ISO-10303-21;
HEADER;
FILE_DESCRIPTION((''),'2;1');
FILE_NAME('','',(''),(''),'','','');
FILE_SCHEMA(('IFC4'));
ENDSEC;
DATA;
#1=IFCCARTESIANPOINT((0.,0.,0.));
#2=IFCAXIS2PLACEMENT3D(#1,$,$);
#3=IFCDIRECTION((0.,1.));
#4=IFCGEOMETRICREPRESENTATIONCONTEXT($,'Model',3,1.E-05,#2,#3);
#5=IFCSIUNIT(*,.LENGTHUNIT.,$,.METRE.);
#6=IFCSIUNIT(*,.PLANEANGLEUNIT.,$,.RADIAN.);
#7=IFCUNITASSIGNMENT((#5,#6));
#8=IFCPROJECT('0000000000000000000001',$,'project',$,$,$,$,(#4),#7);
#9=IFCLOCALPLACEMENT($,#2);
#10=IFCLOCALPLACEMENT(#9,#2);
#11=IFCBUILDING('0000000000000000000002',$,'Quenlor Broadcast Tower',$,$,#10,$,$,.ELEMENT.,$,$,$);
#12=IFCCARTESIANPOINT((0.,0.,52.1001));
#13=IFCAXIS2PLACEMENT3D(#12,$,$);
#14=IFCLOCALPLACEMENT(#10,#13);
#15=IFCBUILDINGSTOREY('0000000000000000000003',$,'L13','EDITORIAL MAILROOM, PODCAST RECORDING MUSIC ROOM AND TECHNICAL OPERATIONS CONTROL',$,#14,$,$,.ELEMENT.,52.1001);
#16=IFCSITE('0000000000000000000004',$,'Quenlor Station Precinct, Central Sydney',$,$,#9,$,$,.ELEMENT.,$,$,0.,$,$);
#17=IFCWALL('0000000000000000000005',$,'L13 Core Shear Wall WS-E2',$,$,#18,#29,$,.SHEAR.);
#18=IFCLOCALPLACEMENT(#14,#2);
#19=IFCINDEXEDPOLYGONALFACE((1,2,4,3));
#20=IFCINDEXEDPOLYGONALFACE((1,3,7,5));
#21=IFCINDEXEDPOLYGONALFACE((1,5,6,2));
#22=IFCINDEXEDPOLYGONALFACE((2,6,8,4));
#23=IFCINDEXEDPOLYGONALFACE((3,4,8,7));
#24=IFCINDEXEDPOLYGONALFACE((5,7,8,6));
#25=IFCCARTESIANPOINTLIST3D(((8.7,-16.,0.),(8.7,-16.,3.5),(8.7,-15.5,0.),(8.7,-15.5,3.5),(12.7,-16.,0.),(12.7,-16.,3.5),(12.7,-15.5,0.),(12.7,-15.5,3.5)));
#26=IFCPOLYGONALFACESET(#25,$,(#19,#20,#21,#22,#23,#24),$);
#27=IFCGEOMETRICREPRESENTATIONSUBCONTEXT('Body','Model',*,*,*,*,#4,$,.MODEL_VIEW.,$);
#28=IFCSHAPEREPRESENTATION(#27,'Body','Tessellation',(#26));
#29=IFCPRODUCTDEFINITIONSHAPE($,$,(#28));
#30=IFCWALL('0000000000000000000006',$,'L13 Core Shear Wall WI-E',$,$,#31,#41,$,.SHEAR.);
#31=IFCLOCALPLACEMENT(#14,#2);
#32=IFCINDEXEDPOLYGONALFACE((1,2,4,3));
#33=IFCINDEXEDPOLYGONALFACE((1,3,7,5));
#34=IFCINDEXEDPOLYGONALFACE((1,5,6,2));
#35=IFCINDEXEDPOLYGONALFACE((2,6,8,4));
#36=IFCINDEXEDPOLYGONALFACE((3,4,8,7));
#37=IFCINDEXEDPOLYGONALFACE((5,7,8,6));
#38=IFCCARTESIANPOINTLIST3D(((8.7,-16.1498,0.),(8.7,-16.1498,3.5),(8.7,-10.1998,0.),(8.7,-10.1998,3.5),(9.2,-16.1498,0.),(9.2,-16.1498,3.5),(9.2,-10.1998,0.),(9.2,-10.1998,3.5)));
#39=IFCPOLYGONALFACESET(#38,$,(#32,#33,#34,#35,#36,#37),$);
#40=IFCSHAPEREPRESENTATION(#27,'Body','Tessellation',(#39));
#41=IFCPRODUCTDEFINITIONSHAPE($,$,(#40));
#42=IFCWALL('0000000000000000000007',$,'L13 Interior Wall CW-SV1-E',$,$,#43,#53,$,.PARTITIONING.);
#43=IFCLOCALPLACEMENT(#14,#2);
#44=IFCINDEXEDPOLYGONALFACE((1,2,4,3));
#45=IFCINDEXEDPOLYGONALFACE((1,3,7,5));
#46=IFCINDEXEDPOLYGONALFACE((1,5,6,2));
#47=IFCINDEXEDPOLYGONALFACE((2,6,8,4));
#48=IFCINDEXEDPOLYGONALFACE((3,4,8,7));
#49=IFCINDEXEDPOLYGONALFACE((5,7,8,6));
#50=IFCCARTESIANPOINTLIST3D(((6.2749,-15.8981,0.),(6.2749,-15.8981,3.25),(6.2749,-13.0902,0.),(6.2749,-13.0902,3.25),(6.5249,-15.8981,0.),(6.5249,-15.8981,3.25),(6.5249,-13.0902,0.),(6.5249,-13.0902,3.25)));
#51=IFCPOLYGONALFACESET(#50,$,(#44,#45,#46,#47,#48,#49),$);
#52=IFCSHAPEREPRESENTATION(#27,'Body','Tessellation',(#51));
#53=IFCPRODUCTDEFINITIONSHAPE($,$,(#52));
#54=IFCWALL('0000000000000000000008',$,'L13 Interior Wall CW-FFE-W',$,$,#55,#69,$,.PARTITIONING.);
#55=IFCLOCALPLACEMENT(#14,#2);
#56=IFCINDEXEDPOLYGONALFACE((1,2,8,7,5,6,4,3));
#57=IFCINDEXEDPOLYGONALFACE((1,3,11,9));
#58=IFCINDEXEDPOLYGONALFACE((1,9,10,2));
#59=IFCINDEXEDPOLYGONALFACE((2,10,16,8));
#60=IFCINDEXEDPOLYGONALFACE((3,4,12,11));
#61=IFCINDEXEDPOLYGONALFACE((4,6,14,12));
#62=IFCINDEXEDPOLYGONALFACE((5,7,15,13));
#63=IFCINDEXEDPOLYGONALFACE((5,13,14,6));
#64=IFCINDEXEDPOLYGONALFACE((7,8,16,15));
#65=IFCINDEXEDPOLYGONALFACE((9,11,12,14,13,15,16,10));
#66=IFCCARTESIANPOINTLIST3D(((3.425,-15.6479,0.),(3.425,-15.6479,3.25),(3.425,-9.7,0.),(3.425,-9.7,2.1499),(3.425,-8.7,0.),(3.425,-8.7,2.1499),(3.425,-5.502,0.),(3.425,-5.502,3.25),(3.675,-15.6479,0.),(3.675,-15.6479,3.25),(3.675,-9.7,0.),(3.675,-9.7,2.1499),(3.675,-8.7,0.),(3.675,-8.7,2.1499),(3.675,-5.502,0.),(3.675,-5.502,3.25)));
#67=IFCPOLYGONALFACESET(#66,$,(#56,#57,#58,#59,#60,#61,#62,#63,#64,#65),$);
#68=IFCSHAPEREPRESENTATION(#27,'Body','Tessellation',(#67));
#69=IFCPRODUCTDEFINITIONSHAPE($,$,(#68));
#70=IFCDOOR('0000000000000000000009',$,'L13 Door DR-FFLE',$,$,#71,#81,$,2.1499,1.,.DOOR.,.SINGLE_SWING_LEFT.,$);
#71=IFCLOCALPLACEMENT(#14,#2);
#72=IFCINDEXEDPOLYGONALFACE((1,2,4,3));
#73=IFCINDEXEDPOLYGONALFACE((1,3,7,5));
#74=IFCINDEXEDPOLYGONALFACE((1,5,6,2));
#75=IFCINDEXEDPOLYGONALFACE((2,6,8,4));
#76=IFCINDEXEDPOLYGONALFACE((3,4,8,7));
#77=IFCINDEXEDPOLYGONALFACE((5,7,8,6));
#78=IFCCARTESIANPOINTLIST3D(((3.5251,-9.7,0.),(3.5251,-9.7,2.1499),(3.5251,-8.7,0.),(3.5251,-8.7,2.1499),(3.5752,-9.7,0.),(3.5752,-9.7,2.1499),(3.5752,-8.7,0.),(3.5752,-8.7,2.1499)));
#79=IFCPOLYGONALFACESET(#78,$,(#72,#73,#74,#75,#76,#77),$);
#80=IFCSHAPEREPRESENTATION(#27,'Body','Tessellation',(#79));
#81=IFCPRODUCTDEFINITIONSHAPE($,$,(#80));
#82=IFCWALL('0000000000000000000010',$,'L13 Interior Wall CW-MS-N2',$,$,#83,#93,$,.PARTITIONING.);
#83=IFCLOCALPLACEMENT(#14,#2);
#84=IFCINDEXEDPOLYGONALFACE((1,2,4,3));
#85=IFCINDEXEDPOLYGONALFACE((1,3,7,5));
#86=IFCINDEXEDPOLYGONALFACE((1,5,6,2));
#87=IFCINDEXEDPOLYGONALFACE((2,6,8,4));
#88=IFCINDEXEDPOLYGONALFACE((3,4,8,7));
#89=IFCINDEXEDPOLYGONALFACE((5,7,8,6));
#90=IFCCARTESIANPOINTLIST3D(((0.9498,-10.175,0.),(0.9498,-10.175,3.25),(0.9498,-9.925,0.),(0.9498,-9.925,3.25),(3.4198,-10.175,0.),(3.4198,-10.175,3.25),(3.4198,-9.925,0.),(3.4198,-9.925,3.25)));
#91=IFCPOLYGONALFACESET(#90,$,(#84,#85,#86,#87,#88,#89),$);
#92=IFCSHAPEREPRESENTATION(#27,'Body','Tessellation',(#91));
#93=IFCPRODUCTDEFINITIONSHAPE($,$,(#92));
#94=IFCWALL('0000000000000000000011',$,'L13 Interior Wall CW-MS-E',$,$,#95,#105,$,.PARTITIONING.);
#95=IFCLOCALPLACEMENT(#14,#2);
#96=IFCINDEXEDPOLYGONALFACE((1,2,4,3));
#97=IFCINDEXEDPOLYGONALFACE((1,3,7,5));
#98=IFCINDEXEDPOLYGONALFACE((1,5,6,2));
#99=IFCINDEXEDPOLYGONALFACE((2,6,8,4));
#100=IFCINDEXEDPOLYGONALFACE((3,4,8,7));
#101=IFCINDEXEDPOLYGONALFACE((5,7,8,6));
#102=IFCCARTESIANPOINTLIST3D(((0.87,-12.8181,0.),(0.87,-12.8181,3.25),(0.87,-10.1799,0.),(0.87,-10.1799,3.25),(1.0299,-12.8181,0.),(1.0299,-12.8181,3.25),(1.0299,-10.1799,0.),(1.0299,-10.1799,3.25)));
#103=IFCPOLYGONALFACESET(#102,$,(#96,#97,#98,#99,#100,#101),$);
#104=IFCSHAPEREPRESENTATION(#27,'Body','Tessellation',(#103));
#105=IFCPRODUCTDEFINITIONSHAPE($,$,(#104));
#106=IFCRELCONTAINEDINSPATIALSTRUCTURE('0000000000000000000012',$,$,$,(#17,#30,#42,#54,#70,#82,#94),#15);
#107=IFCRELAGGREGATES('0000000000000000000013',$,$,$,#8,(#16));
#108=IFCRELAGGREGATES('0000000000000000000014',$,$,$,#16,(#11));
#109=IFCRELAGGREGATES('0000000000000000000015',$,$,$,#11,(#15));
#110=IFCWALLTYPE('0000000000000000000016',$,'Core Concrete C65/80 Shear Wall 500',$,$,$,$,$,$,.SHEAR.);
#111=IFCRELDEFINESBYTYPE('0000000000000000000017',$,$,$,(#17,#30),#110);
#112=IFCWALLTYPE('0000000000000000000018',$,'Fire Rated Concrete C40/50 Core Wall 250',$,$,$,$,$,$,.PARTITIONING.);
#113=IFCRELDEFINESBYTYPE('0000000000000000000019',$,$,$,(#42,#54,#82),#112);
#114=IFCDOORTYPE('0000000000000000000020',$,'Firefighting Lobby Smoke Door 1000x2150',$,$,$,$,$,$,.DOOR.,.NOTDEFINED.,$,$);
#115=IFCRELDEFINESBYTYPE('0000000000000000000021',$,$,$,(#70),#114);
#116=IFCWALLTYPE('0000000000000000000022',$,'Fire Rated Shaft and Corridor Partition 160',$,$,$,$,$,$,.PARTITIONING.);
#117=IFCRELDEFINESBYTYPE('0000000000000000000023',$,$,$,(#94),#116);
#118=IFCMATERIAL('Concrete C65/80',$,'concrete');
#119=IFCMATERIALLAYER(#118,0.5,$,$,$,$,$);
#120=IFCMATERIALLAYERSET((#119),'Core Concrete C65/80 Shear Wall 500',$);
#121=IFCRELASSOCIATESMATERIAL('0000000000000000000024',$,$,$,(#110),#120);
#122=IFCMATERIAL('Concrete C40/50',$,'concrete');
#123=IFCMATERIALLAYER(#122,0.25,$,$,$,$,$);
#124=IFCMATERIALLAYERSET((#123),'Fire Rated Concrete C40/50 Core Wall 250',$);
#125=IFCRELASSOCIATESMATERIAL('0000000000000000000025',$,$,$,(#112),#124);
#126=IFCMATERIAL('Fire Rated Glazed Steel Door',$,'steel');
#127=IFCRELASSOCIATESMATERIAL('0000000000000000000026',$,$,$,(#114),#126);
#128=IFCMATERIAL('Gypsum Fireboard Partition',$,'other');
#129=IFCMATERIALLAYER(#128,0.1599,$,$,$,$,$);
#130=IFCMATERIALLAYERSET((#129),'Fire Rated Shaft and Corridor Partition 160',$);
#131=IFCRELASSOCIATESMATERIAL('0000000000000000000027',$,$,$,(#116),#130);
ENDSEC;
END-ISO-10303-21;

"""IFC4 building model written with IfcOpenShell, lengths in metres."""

from ifc_helpers import new_model, si_unit, direction, frame, frame_2d, origin, place, context, subcontext, project, spatial, rectangle, extrude, material, layer, layer_set, type_object, element, fill, save


model = new_model("IFC4")

# Units and contexts
model_context = context("Model", 3, precision=1e-05, world=origin(), true_north=direction((0.0, 1.0)))
body_context = subcontext(model_context, "Body", "Model", "MODEL_VIEW")
ifc_project = project(units=[si_unit("LENGTHUNIT", "METRE"), si_unit("PLANEANGLEUNIT", "RADIAN")], contexts=[model_context])

# Site, building, storey
site_placement = place(None, origin())
site = spatial("IfcSite", under=ifc_project, at=site_placement, Name="Quenlor Station Precinct, Central Sydney", CompositionType="ELEMENT", RefElevation=0.0)
building_placement = place(site_placement, origin())
building = spatial("IfcBuilding", under=site, at=building_placement, Name="Quenlor Broadcast Tower", CompositionType="ELEMENT")
storey_placement = place(building_placement, frame((0.0, 0.0, 52.1001)))
storey = spatial("IfcBuildingStorey", under=building, at=storey_placement, Name="L13", Description="EDITORIAL MAILROOM, PODCAST RECORDING MUSIC ROOM AND TECHNICAL OPERATIONS CONTROL", CompositionType="ELEMENT", Elevation=52.1001)

# Walls
ifc_material_1 = material(Name="Concrete C65/80", Category="concrete")
ifc_layer_1 = layer(ifc_material_1, 0.5)
ifc_layer_set_1 = layer_set([ifc_layer_1], Name="Core Concrete C65/80 Shear Wall 500")
wall_type_1 = type_object("IfcWallType", Name="Core Concrete C65/80 Shear Wall 500", PredefinedType="SHEAR", material=ifc_layer_set_1)
wall_1_placement = place(storey_placement, frame((8.7, -15.75, 0.0), z_axis=(0.0, 0.0, 1.0), x_axis=(1.0, 0.0, 0.0)))
element("IfcWall", 1, at=wall_1_placement, inside=storey, type_object=wall_type_1, Name="L13 Core Shear Wall WS-E2", PredefinedType="SHEAR", context=body_context, shape_type="SweptSolid", body=[
    extrude(rectangle(XDim=4.0, YDim=0.5, at=frame_2d((2.0, 0.0))), origin(), (0.0, 0.0, 1.0), 3.5),
])
wall_2_placement = place(storey_placement, frame((8.95, -16.1499, 0.0), z_axis=(0.0, 0.0, 1.0), x_axis=(0.0, 1.0, 0.0)))
element("IfcWall", 2, at=wall_2_placement, inside=storey, type_object=wall_type_1, Name="L13 Core Shear Wall WI-E", PredefinedType="SHEAR", context=body_context, shape_type="SweptSolid", body=[
    extrude(rectangle(XDim=5.95, YDim=0.5, at=frame_2d((2.9751, 0.0))), origin(), (0.0, 0.0, 1.0), 3.5),
])

# Shared definitions
ifc_material_2 = material(Name="Concrete C40/50", Category="concrete")
ifc_layer_2 = layer(ifc_material_2, 0.25)
ifc_layer_set_2 = layer_set([ifc_layer_2], Name="Fire Rated Concrete C40/50 Core Wall 250")
wall_type_2 = type_object("IfcWallType", Name="Fire Rated Concrete C40/50 Core Wall 250", PredefinedType="PARTITIONING", material=ifc_layer_set_2)

# Wall
wall_3_placement = place(storey_placement, frame((6.3999, -15.8979, 0.0), z_axis=(0.0, 0.0, 1.0), x_axis=(0.0, 1.0, 0.0)))
element("IfcWall", 3, at=wall_3_placement, inside=storey, type_object=wall_type_2, Name="L13 Interior Wall CW-SV1-E", PredefinedType="PARTITIONING", context=body_context, shape_type="SweptSolid", body=[
    extrude(rectangle(XDim=2.8079, YDim=0.25, at=frame_2d((1.4038, 0.0))), origin(), (0.0, 0.0, 1.0), 3.25),
])

# Wall, opening, door
wall_4_placement = place(storey_placement, frame((3.55, -15.6479, 0.0), z_axis=(0.0, 0.0, 1.0), x_axis=(0.0, 1.0, 0.0)))
wall_4 = element("IfcWall", 4, at=wall_4_placement, inside=storey, type_object=wall_type_2, Name="L13 Interior Wall CW-FFE-W", PredefinedType="PARTITIONING", context=body_context, shape_type="SweptSolid", body=[
    extrude(rectangle(XDim=10.146, YDim=0.25, at=frame_2d((5.073, 0.0))), origin(), (0.0, 0.0, 1.0), 3.25),
])
opening_1_placement = place(wall_4_placement, frame((5.948, 0.0, 0.0)))
opening_1 = element("IfcOpeningElement", 5, at=opening_1_placement, cuts=wall_4, PredefinedType="OPENING", context=body_context, shape_type="SweptSolid", body=[
    extrude(rectangle(XDim=1.0, YDim=2.1499, at=frame_2d((0.5, 1.075))), frame((0.0, 0.135, 0.0), z_axis=(0.0, -1.0, 0.0), x_axis=(1.0, 0.0, 0.0)), (0.0, 0.0, 1.0), 0.27),
])
ifc_material_3 = material(Name="Fire Rated Glazed Steel Door", Category="steel")
door_type_1 = type_object("IfcDoorType", Name="Firefighting Lobby Smoke Door 1000x2150", OperationType="NOTDEFINED", PredefinedType="DOOR", material=ifc_material_3)
door_1_placement = place(opening_1_placement, origin())
door_1 = element("IfcDoor", 6, at=door_1_placement, inside=storey, type_object=door_type_1, Name="L13 Door DR-FFLE", OperationType="SINGLE_SWING_LEFT", OverallHeight=2.1499, OverallWidth=1.0, PredefinedType="DOOR", context=body_context, shape_type="SweptSolid", body=[
    extrude(rectangle(XDim=1.0, YDim=2.1499, at=frame_2d((0.5, 1.075))), frame((0.0, 0.0249, 0.0), z_axis=(0.0, -1.0, 0.0), x_axis=(1.0, 0.0, 0.0)), (0.0, 0.0, 1.0), 0.05),
])
fill(opening_1, door_1)

# Walls
wall_5_placement = place(storey_placement, frame((0.95, -10.05, 0.0), z_axis=(0.0, 0.0, 1.0), x_axis=(1.0, 0.0, 0.0)))
element("IfcWall", 7, at=wall_5_placement, inside=storey, type_object=wall_type_2, Name="L13 Interior Wall CW-MS-N2", PredefinedType="PARTITIONING", context=body_context, shape_type="SweptSolid", body=[
    extrude(rectangle(XDim=2.47, YDim=0.25, at=frame_2d((1.2349, 0.0))), origin(), (0.0, 0.0, 1.0), 3.25),
])
ifc_material_4 = material(Name="Gypsum Fireboard Partition", Category="other")
ifc_layer_3 = layer(ifc_material_4, 0.1599)
ifc_layer_set_3 = layer_set([ifc_layer_3], Name="Fire Rated Shaft and Corridor Partition 160")
wall_type_3 = type_object("IfcWallType", Name="Fire Rated Shaft and Corridor Partition 160", PredefinedType="PARTITIONING", material=ifc_layer_set_3)
wall_6_placement = place(storey_placement, frame((0.95, -12.8181, 0.0), z_axis=(0.0, 0.0, 1.0), x_axis=(0.0, 1.0, 0.0)))
element("IfcWall", 8, at=wall_6_placement, inside=storey, type_object=wall_type_3, Name="L13 Interior Wall CW-MS-E", PredefinedType="PARTITIONING", context=body_context, shape_type="SweptSolid", body=[
    extrude(rectangle(XDim=2.6382, YDim=0.1599, at=frame_2d((1.3191, 0.0))), origin(), (0.0, 0.0, 1.0), 3.25),
])

save(model, "model.ifc")
